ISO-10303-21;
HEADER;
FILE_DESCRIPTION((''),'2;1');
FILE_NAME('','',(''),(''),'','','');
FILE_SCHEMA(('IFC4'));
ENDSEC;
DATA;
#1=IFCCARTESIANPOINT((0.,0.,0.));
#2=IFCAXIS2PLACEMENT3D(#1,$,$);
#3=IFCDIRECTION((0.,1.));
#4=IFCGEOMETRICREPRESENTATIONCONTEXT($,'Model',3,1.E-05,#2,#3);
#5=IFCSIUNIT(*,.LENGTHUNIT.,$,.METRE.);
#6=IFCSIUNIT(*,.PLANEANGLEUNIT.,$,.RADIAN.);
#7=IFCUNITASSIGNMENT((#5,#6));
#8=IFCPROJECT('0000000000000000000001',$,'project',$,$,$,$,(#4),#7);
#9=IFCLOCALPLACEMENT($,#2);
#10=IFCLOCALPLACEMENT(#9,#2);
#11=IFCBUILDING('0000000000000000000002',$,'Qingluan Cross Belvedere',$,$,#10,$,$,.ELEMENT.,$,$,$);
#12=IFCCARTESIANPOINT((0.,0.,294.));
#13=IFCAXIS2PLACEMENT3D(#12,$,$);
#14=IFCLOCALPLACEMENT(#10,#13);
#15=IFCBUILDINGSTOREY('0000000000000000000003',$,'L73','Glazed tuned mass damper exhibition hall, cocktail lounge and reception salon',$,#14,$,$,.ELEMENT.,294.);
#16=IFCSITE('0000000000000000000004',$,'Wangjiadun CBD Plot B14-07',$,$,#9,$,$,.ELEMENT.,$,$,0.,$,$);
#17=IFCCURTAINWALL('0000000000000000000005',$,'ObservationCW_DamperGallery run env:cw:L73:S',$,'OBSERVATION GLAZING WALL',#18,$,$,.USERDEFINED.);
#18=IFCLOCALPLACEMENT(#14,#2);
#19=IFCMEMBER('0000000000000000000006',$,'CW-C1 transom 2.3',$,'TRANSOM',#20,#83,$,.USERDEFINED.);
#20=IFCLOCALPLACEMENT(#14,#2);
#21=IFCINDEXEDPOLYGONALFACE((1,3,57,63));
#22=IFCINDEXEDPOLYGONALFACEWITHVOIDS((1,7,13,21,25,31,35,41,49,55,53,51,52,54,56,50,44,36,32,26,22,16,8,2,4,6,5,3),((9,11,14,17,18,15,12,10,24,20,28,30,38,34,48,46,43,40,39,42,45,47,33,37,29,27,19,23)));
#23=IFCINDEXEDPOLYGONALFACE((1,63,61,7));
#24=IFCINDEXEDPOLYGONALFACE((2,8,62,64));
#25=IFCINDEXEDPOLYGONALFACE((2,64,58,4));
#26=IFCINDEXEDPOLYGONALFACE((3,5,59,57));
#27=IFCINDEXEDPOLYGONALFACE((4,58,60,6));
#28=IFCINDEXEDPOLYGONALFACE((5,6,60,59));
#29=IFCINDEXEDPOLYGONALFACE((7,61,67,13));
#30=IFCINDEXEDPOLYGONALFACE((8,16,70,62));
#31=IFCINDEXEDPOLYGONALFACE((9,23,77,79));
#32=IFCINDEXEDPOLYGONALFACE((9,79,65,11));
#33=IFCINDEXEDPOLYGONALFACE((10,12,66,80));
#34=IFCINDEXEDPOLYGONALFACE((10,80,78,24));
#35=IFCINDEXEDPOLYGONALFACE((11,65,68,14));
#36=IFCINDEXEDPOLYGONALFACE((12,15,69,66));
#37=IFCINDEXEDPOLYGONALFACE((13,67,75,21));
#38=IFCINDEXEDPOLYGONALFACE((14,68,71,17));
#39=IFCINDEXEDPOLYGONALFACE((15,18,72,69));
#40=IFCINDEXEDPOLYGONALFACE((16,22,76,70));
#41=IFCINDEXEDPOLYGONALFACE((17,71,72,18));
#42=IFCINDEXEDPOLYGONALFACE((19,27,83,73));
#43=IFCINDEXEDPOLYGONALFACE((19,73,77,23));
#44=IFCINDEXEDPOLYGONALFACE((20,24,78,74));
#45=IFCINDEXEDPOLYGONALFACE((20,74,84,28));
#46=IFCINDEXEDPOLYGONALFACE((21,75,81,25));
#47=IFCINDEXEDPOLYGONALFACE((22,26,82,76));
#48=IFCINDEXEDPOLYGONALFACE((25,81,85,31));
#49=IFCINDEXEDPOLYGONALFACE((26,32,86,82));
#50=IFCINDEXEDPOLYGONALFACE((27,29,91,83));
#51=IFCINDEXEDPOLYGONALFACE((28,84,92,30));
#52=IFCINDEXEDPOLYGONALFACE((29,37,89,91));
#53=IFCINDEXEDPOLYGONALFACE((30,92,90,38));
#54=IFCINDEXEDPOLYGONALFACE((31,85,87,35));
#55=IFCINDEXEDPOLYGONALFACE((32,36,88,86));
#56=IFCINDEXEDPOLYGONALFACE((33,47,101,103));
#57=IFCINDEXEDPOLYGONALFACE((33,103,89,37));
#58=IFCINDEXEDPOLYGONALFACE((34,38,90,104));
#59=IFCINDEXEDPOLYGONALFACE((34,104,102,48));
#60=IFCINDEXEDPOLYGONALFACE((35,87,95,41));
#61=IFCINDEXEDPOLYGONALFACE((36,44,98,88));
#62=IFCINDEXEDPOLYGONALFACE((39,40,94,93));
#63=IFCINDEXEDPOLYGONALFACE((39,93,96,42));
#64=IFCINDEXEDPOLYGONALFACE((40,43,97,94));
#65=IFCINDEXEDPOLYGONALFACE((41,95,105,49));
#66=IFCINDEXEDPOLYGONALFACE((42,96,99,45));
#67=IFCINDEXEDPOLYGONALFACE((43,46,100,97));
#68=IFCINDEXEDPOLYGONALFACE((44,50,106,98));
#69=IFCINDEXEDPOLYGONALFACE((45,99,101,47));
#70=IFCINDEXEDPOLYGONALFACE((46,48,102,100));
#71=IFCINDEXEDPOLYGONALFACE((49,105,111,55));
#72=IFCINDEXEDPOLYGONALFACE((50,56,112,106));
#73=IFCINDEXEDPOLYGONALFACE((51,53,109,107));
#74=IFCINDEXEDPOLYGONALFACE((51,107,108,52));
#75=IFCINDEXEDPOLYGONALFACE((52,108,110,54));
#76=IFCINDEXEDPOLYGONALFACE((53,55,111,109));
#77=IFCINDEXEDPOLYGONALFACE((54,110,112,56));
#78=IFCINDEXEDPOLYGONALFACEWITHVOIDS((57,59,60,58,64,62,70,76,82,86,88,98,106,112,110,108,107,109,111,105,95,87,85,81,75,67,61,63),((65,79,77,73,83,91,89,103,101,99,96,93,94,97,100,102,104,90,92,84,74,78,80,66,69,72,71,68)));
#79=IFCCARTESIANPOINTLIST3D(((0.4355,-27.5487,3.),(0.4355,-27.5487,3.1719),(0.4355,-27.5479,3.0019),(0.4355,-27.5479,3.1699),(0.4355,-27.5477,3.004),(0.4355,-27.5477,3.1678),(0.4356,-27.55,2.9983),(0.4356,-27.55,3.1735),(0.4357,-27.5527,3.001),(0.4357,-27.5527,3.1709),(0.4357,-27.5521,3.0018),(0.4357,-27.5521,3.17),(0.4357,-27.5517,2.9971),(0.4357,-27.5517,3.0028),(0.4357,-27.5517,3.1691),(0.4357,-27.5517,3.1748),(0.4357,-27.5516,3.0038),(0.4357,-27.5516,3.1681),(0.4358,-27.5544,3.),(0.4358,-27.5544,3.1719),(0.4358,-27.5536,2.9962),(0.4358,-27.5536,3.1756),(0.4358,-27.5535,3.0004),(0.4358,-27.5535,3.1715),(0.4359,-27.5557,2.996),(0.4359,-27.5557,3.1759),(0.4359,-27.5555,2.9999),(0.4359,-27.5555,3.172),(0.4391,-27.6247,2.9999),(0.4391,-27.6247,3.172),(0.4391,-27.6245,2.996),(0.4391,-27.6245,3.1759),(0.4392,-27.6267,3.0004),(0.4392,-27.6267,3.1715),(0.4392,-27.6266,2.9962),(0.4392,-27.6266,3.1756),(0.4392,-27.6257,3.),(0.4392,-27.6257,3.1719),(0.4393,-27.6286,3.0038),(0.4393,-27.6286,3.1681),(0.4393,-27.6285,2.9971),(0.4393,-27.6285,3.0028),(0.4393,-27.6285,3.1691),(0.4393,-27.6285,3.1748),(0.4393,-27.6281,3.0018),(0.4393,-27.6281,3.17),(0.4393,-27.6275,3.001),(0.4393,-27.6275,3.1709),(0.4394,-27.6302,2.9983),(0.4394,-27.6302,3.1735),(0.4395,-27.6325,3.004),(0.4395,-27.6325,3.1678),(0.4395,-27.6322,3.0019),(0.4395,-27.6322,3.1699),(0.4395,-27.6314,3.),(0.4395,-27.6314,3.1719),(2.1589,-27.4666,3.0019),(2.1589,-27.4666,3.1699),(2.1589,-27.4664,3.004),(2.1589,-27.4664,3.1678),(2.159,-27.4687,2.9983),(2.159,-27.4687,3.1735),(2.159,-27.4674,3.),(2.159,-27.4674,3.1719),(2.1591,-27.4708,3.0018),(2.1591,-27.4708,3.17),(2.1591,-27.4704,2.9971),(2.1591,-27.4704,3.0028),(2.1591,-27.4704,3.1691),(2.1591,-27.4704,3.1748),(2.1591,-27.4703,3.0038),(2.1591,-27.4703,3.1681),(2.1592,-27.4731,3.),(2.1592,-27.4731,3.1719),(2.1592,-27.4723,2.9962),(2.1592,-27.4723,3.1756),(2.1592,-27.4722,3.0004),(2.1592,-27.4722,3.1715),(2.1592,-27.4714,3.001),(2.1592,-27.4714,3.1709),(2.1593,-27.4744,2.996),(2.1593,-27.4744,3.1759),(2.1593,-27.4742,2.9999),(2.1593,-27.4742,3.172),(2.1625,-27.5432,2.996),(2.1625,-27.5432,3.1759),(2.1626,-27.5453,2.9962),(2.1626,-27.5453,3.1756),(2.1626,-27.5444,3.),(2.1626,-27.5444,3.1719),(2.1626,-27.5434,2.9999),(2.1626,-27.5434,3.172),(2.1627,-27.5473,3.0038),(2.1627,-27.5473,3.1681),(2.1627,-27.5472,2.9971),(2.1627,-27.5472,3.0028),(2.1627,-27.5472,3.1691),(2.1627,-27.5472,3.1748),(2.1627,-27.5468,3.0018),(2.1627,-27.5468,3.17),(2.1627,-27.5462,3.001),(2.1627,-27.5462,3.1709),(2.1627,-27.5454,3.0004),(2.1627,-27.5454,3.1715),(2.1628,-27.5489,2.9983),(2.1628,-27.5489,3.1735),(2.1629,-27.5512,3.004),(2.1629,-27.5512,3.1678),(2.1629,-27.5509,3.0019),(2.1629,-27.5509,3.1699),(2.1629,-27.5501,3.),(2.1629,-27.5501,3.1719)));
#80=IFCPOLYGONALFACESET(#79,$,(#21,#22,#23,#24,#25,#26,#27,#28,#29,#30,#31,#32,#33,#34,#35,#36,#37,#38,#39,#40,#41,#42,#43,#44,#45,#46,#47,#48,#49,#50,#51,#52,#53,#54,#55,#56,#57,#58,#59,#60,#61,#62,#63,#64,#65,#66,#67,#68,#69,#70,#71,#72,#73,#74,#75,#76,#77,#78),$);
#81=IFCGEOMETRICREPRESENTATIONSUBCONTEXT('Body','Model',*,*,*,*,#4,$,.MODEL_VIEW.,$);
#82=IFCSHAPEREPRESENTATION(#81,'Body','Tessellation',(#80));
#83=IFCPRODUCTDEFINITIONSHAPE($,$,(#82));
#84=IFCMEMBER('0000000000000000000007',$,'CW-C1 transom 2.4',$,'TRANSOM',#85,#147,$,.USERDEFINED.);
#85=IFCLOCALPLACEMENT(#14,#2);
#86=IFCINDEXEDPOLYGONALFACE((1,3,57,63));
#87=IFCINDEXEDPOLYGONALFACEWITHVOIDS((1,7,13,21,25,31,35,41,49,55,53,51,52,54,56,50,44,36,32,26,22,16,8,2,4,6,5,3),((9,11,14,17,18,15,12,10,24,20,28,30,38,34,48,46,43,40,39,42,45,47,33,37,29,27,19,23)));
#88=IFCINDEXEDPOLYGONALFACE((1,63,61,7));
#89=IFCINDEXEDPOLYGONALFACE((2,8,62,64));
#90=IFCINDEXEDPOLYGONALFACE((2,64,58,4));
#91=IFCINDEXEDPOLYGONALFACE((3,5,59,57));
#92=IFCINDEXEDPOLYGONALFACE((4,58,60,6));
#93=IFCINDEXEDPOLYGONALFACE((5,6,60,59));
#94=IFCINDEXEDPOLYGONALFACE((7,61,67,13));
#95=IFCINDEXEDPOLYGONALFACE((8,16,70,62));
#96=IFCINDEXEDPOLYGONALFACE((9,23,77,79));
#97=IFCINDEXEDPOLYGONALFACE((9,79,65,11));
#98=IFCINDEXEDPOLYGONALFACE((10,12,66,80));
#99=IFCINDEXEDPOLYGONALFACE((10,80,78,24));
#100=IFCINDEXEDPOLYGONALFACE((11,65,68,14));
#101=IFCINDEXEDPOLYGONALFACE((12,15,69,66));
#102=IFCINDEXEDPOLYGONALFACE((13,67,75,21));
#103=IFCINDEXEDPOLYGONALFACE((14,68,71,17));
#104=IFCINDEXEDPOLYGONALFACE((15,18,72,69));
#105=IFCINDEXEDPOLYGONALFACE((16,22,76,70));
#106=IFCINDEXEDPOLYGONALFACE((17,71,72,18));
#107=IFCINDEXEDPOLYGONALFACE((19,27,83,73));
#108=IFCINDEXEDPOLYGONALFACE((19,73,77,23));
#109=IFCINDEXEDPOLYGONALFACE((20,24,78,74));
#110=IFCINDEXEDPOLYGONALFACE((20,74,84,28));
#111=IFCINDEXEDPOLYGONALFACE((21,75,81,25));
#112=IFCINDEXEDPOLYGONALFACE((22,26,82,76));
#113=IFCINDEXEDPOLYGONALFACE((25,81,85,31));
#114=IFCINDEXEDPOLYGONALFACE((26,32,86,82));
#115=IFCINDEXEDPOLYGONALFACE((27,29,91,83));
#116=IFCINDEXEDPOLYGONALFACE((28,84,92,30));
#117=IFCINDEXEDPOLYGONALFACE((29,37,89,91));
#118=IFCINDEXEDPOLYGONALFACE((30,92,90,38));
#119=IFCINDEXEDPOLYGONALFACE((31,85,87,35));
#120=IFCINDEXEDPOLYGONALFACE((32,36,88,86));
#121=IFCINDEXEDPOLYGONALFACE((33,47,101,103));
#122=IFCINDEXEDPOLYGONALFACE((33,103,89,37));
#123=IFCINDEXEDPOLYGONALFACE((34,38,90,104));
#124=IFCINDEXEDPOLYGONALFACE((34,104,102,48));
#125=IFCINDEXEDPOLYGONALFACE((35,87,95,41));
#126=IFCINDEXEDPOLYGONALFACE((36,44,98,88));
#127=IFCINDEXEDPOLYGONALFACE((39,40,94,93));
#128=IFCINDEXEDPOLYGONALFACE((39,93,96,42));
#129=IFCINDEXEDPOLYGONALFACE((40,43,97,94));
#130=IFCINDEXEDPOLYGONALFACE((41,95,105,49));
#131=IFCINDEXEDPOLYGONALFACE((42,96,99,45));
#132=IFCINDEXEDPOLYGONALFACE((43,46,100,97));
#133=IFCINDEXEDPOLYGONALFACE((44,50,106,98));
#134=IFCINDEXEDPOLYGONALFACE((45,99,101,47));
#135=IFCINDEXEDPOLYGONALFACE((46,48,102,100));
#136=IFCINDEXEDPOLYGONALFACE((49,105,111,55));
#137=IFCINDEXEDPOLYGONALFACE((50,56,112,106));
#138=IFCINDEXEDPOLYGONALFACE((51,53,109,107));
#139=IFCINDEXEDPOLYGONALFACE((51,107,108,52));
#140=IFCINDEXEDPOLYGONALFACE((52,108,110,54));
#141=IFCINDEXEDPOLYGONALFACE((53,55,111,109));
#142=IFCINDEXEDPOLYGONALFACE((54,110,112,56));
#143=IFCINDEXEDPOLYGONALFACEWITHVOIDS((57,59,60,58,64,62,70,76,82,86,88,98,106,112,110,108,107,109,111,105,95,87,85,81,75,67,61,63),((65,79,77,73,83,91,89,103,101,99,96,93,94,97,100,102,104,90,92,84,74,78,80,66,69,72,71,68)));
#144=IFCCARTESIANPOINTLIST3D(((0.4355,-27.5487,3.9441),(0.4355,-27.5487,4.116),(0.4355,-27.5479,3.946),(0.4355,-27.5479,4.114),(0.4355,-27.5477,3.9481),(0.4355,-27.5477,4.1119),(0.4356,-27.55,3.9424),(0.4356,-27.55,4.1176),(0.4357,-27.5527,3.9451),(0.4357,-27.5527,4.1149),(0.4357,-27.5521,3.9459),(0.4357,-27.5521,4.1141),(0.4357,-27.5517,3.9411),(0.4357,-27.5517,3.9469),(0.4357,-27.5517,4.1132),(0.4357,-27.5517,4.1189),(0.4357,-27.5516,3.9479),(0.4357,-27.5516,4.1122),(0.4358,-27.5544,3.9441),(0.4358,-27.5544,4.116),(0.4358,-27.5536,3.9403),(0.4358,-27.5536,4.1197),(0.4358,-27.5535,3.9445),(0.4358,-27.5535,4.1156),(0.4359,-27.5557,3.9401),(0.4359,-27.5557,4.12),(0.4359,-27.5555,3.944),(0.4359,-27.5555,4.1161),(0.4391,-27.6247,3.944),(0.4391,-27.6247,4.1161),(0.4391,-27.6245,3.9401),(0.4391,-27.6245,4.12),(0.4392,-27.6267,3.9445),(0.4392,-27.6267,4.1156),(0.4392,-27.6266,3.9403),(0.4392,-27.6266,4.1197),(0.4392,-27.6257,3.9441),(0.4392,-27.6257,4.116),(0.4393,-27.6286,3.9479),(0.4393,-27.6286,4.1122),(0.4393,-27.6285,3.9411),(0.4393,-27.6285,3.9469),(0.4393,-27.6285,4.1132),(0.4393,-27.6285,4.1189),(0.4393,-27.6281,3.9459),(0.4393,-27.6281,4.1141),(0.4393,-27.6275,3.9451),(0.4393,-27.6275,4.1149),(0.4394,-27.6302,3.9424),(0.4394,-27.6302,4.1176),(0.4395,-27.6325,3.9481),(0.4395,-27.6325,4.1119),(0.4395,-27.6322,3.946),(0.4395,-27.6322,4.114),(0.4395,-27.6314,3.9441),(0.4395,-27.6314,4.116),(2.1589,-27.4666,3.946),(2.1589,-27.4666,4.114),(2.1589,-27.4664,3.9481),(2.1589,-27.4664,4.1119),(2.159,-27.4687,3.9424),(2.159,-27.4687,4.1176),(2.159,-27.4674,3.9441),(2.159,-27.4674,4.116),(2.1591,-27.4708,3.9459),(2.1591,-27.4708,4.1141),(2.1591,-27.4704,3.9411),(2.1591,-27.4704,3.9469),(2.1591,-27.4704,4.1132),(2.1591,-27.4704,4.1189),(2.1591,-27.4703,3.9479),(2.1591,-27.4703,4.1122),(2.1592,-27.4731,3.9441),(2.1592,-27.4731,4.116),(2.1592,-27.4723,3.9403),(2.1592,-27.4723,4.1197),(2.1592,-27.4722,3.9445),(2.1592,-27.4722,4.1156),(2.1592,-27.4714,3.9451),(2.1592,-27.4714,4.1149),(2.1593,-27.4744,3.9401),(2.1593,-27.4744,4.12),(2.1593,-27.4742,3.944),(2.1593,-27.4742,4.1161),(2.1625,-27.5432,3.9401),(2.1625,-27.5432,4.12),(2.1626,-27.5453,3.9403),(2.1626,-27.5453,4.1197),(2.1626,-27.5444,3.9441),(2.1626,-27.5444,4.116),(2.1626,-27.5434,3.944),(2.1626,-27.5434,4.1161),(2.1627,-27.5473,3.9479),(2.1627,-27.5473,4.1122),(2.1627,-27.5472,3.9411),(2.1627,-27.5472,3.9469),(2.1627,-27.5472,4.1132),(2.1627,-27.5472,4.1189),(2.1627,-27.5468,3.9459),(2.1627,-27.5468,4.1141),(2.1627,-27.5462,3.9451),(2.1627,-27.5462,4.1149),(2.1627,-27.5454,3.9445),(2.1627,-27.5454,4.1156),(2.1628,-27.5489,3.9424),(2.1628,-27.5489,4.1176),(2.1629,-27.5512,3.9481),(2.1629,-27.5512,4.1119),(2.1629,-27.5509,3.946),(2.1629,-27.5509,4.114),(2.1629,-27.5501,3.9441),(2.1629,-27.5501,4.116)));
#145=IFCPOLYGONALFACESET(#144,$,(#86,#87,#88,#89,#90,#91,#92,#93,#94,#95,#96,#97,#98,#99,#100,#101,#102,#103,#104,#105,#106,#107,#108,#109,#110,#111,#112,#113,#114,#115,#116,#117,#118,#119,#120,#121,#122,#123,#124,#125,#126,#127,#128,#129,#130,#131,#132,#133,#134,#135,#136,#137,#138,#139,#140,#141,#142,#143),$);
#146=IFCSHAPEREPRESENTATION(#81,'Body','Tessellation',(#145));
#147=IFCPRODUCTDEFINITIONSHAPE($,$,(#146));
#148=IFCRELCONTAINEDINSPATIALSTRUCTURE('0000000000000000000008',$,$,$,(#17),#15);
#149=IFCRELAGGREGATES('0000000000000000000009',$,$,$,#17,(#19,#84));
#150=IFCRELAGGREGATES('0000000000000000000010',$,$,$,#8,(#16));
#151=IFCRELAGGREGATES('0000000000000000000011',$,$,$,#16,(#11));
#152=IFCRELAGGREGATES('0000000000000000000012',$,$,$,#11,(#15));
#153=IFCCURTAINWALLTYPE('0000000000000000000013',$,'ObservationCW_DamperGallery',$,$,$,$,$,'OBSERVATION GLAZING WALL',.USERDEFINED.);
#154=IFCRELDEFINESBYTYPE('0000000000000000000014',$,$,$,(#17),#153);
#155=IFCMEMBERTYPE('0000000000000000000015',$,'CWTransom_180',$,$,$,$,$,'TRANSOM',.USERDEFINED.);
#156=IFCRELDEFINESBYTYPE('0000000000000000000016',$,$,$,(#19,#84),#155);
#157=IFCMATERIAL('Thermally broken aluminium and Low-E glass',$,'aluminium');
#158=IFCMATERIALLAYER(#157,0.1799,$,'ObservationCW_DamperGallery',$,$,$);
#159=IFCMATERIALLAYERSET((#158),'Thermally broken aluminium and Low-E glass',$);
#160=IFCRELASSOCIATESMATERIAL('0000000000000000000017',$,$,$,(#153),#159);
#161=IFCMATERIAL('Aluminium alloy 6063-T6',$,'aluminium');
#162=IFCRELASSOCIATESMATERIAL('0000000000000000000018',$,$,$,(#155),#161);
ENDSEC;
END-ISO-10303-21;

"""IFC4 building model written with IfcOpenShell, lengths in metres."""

from ifc_helpers import new_model, si_unit, direction, frame, origin, origin_2d, place, context, subcontext, project, spatial, hollow_rectangle, extrude, material, layer, layer_set, material_profile, profile_set, type_object, element, aggregate, save


model = new_model("IFC4")

# Units and contexts
model_context = context("Model", 3, precision=1e-05, world=origin(), true_north=direction((0.0, 1.0)))
body_context = subcontext(model_context, "Body", "Model", "MODEL_VIEW")
ifc_project = project(units=[si_unit("LENGTHUNIT", "METRE"), si_unit("PLANEANGLEUNIT", "RADIAN")], contexts=[model_context])

# Site, building, storey
site_placement = place(None, origin())
site = spatial("IfcSite", under=ifc_project, at=site_placement, Name="Wangjiadun CBD Plot B14-07", CompositionType="ELEMENT", RefElevation=0.0)
building_placement = place(site_placement, origin())
building = spatial("IfcBuilding", under=site, at=building_placement, Name="Qingluan Cross Belvedere", CompositionType="ELEMENT")
storey_placement = place(building_placement, frame((0.0, 0.0, 294.0)))
storey = spatial("IfcBuildingStorey", under=building, at=storey_placement, Name="L73", Description="Glazed tuned mass damper exhibition hall, cocktail lounge and reception salon", CompositionType="ELEMENT", Elevation=294.0)

# Curtain wall, members
ifc_material_1 = material(Name="Thermally broken aluminium and Low-E glass", Category="aluminium")
ifc_layer_1 = layer(ifc_material_1, 0.1799, Name="ObservationCW_DamperGallery")
ifc_layer_set_1 = layer_set([ifc_layer_1], Name="Thermally broken aluminium and Low-E glass")
curtain_wall_type = type_object("IfcCurtainWallType", Name="ObservationCW_DamperGallery", ElementType="OBSERVATION GLAZING WALL", PredefinedType="USERDEFINED", material=ifc_layer_set_1)
curtain_wall_placement = place(storey_placement, origin())
curtain_wall = element("IfcCurtainWall", 1, at=curtain_wall_placement, inside=storey, type_object=curtain_wall_type, Name="ObservationCW_DamperGallery run env:cw:L73:S", ObjectType="OBSERVATION GLAZING WALL", PredefinedType="USERDEFINED")
ifc_material_2 = material(Name="Aluminium alloy 6063-T6", Category="aluminium")
ifc_material_profile_1 = material_profile(ifc_material_2, hollow_rectangle(XDim=0.085, YDim=0.1799, WallThickness=0.0039, InnerFilletRadius=0.0039, OuterFilletRadius=0.0081, at=origin_2d()), Name="CWT180x85x4")
ifc_profile_set_1 = profile_set([ifc_material_profile_1], Name="Aluminium alloy 6063-T6")
member_type_1 = type_object("IfcMemberType", Name="CWTransom_180", ElementType="TRANSOM", PredefinedType="USERDEFINED", material=ifc_profile_set_1)
member_1_placement = place(storey_placement, frame((0.4375, -27.5901, 3.0859), z_axis=(0.998889, 0.047121, 0.0), x_axis=(-0.047121, 0.998889, 0.0)))
member_1 = element("IfcMember", 2, at=member_1_placement, type_object=member_type_1, Name="CW-C1 transom 2.3", ObjectType="TRANSOM", PredefinedType="USERDEFINED", context=body_context, shape_type="SweptSolid", body=[
    extrude(hollow_rectangle(XDim=0.085, YDim=0.1799, WallThickness=0.0039, InnerFilletRadius=0.0039, OuterFilletRadius=0.0081, at=origin_2d()), origin(), (0.0, 0.0, 1.0), 1.7253),
])
member_2_placement = place(storey_placement, frame((0.4375, -27.5901, 4.03), z_axis=(0.998889, 0.047121, 0.0), x_axis=(-0.047121, 0.998889, 0.0)))
member_2 = element("IfcMember", 3, at=member_2_placement, type_object=member_type_1, Name="CW-C1 transom 2.4", ObjectType="TRANSOM", PredefinedType="USERDEFINED", context=body_context, shape_type="SweptSolid", body=[
    extrude(hollow_rectangle(XDim=0.085, YDim=0.1799, WallThickness=0.0039, InnerFilletRadius=0.0039, OuterFilletRadius=0.0081, at=origin_2d()), origin(), (0.0, 0.0, 1.0), 1.7253),
])
aggregate(curtain_wall, [member_1, member_2])

save(model, "model.ifc")
